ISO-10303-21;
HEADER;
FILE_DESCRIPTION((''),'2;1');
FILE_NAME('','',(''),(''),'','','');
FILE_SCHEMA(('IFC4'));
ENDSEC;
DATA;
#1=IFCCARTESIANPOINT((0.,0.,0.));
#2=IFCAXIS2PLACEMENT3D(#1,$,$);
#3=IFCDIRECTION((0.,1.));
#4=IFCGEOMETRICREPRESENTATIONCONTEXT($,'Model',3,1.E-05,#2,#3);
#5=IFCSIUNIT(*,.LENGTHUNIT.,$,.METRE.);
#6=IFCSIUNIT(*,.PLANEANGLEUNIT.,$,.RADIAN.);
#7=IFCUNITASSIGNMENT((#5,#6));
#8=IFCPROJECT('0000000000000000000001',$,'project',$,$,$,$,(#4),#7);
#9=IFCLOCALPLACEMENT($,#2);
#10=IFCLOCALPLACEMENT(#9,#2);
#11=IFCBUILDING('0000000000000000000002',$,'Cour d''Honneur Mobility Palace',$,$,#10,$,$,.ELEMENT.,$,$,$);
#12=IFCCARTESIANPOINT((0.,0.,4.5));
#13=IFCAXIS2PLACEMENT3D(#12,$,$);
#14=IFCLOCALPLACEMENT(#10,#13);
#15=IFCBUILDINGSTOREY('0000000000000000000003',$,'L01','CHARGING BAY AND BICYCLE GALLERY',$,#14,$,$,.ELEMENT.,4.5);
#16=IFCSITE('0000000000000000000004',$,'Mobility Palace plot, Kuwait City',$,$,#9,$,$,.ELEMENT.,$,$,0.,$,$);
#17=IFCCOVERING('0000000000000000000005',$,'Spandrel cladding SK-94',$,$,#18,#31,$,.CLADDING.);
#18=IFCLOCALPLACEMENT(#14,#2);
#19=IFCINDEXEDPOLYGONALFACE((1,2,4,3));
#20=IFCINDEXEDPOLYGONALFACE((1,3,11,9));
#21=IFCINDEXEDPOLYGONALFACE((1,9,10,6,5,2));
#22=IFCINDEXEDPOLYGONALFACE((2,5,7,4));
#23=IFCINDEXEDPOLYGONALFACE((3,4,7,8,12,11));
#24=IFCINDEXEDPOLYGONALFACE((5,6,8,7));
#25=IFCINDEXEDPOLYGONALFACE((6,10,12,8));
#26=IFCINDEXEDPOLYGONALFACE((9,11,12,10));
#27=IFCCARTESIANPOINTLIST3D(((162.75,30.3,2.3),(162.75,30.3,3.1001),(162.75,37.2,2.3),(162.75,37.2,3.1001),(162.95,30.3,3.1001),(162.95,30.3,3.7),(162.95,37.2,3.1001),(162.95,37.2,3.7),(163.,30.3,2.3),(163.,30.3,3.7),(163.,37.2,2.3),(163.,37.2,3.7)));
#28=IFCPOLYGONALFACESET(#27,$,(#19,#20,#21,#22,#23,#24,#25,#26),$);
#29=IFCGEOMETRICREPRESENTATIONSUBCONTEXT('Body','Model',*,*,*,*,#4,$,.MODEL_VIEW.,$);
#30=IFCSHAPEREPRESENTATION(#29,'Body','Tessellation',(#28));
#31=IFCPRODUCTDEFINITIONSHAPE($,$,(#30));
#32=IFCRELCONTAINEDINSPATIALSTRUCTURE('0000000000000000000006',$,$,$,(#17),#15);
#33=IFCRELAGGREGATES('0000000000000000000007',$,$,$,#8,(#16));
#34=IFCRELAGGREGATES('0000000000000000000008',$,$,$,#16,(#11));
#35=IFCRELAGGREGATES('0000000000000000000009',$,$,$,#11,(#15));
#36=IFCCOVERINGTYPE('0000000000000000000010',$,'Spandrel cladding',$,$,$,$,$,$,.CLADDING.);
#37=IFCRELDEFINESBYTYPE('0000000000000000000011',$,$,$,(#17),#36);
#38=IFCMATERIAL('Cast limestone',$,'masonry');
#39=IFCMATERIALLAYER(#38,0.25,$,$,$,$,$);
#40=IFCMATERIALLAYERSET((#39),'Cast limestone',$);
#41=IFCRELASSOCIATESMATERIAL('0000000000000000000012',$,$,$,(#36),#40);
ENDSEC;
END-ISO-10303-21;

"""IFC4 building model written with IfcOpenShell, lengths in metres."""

from ifc_helpers import new_model, si_unit, direction, frame, origin, place, context, subcontext, project, spatial, polyline, outline, extrude, material, layer, layer_set, type_object, element, save


model = new_model("IFC4")

# Units and contexts
model_context = context("Model", 3, precision=1e-05, world=origin(), true_north=direction((0.0, 1.0)))
body_context = subcontext(model_context, "Body", "Model", "MODEL_VIEW")
ifc_project = project(units=[si_unit("LENGTHUNIT", "METRE"), si_unit("PLANEANGLEUNIT", "RADIAN")], contexts=[model_context])

# Site, building, storey
site_placement = place(None, origin())
site = spatial("IfcSite", under=ifc_project, at=site_placement, Name="Mobility Palace plot, Kuwait City", CompositionType="ELEMENT", RefElevation=0.0)
building_placement = place(site_placement, origin())
building = spatial("IfcBuilding", under=site, at=building_placement, Name="Cour d'Honneur Mobility Palace", CompositionType="ELEMENT")
storey_placement = place(building_placement, frame((0.0, 0.0, 4.5)))
storey = spatial("IfcBuildingStorey", under=building, at=storey_placement, Name="L01", Description="CHARGING BAY AND BICYCLE GALLERY", CompositionType="ELEMENT", Elevation=4.5)

# Covering
ifc_material_1 = material(Name="Cast limestone", Category="masonry")
ifc_layer = layer(ifc_material_1, 0.25)
ifc_layer_set = layer_set([ifc_layer], Name="Cast limestone")
covering_type = type_object("IfcCoveringType", Name="Spandrel cladding", PredefinedType="CLADDING", material=ifc_layer_set)
covering_placement = place(storey_placement, frame((162.75, 30.3, 2.3), z_axis=(0.0, -1.0, 0.0), x_axis=(1.0, 0.0, 0.0)))
element("IfcCovering", 1, at=covering_placement, inside=storey, type_object=covering_type, Name="Spandrel cladding SK-94", PredefinedType="CLADDING", context=body_context, shape_type="SweptSolid", body=[
    extrude(outline(polyline([(0.0, 0.0), (0.25, 0.0), (0.25, 1.3999), (0.2, 1.3999), (0.2, 0.8), (0.0, 0.8), (0.0, 0.0)])), origin(), (0.0, 0.0, -1.0), 6.8999),
])

save(model, "model.ifc")
